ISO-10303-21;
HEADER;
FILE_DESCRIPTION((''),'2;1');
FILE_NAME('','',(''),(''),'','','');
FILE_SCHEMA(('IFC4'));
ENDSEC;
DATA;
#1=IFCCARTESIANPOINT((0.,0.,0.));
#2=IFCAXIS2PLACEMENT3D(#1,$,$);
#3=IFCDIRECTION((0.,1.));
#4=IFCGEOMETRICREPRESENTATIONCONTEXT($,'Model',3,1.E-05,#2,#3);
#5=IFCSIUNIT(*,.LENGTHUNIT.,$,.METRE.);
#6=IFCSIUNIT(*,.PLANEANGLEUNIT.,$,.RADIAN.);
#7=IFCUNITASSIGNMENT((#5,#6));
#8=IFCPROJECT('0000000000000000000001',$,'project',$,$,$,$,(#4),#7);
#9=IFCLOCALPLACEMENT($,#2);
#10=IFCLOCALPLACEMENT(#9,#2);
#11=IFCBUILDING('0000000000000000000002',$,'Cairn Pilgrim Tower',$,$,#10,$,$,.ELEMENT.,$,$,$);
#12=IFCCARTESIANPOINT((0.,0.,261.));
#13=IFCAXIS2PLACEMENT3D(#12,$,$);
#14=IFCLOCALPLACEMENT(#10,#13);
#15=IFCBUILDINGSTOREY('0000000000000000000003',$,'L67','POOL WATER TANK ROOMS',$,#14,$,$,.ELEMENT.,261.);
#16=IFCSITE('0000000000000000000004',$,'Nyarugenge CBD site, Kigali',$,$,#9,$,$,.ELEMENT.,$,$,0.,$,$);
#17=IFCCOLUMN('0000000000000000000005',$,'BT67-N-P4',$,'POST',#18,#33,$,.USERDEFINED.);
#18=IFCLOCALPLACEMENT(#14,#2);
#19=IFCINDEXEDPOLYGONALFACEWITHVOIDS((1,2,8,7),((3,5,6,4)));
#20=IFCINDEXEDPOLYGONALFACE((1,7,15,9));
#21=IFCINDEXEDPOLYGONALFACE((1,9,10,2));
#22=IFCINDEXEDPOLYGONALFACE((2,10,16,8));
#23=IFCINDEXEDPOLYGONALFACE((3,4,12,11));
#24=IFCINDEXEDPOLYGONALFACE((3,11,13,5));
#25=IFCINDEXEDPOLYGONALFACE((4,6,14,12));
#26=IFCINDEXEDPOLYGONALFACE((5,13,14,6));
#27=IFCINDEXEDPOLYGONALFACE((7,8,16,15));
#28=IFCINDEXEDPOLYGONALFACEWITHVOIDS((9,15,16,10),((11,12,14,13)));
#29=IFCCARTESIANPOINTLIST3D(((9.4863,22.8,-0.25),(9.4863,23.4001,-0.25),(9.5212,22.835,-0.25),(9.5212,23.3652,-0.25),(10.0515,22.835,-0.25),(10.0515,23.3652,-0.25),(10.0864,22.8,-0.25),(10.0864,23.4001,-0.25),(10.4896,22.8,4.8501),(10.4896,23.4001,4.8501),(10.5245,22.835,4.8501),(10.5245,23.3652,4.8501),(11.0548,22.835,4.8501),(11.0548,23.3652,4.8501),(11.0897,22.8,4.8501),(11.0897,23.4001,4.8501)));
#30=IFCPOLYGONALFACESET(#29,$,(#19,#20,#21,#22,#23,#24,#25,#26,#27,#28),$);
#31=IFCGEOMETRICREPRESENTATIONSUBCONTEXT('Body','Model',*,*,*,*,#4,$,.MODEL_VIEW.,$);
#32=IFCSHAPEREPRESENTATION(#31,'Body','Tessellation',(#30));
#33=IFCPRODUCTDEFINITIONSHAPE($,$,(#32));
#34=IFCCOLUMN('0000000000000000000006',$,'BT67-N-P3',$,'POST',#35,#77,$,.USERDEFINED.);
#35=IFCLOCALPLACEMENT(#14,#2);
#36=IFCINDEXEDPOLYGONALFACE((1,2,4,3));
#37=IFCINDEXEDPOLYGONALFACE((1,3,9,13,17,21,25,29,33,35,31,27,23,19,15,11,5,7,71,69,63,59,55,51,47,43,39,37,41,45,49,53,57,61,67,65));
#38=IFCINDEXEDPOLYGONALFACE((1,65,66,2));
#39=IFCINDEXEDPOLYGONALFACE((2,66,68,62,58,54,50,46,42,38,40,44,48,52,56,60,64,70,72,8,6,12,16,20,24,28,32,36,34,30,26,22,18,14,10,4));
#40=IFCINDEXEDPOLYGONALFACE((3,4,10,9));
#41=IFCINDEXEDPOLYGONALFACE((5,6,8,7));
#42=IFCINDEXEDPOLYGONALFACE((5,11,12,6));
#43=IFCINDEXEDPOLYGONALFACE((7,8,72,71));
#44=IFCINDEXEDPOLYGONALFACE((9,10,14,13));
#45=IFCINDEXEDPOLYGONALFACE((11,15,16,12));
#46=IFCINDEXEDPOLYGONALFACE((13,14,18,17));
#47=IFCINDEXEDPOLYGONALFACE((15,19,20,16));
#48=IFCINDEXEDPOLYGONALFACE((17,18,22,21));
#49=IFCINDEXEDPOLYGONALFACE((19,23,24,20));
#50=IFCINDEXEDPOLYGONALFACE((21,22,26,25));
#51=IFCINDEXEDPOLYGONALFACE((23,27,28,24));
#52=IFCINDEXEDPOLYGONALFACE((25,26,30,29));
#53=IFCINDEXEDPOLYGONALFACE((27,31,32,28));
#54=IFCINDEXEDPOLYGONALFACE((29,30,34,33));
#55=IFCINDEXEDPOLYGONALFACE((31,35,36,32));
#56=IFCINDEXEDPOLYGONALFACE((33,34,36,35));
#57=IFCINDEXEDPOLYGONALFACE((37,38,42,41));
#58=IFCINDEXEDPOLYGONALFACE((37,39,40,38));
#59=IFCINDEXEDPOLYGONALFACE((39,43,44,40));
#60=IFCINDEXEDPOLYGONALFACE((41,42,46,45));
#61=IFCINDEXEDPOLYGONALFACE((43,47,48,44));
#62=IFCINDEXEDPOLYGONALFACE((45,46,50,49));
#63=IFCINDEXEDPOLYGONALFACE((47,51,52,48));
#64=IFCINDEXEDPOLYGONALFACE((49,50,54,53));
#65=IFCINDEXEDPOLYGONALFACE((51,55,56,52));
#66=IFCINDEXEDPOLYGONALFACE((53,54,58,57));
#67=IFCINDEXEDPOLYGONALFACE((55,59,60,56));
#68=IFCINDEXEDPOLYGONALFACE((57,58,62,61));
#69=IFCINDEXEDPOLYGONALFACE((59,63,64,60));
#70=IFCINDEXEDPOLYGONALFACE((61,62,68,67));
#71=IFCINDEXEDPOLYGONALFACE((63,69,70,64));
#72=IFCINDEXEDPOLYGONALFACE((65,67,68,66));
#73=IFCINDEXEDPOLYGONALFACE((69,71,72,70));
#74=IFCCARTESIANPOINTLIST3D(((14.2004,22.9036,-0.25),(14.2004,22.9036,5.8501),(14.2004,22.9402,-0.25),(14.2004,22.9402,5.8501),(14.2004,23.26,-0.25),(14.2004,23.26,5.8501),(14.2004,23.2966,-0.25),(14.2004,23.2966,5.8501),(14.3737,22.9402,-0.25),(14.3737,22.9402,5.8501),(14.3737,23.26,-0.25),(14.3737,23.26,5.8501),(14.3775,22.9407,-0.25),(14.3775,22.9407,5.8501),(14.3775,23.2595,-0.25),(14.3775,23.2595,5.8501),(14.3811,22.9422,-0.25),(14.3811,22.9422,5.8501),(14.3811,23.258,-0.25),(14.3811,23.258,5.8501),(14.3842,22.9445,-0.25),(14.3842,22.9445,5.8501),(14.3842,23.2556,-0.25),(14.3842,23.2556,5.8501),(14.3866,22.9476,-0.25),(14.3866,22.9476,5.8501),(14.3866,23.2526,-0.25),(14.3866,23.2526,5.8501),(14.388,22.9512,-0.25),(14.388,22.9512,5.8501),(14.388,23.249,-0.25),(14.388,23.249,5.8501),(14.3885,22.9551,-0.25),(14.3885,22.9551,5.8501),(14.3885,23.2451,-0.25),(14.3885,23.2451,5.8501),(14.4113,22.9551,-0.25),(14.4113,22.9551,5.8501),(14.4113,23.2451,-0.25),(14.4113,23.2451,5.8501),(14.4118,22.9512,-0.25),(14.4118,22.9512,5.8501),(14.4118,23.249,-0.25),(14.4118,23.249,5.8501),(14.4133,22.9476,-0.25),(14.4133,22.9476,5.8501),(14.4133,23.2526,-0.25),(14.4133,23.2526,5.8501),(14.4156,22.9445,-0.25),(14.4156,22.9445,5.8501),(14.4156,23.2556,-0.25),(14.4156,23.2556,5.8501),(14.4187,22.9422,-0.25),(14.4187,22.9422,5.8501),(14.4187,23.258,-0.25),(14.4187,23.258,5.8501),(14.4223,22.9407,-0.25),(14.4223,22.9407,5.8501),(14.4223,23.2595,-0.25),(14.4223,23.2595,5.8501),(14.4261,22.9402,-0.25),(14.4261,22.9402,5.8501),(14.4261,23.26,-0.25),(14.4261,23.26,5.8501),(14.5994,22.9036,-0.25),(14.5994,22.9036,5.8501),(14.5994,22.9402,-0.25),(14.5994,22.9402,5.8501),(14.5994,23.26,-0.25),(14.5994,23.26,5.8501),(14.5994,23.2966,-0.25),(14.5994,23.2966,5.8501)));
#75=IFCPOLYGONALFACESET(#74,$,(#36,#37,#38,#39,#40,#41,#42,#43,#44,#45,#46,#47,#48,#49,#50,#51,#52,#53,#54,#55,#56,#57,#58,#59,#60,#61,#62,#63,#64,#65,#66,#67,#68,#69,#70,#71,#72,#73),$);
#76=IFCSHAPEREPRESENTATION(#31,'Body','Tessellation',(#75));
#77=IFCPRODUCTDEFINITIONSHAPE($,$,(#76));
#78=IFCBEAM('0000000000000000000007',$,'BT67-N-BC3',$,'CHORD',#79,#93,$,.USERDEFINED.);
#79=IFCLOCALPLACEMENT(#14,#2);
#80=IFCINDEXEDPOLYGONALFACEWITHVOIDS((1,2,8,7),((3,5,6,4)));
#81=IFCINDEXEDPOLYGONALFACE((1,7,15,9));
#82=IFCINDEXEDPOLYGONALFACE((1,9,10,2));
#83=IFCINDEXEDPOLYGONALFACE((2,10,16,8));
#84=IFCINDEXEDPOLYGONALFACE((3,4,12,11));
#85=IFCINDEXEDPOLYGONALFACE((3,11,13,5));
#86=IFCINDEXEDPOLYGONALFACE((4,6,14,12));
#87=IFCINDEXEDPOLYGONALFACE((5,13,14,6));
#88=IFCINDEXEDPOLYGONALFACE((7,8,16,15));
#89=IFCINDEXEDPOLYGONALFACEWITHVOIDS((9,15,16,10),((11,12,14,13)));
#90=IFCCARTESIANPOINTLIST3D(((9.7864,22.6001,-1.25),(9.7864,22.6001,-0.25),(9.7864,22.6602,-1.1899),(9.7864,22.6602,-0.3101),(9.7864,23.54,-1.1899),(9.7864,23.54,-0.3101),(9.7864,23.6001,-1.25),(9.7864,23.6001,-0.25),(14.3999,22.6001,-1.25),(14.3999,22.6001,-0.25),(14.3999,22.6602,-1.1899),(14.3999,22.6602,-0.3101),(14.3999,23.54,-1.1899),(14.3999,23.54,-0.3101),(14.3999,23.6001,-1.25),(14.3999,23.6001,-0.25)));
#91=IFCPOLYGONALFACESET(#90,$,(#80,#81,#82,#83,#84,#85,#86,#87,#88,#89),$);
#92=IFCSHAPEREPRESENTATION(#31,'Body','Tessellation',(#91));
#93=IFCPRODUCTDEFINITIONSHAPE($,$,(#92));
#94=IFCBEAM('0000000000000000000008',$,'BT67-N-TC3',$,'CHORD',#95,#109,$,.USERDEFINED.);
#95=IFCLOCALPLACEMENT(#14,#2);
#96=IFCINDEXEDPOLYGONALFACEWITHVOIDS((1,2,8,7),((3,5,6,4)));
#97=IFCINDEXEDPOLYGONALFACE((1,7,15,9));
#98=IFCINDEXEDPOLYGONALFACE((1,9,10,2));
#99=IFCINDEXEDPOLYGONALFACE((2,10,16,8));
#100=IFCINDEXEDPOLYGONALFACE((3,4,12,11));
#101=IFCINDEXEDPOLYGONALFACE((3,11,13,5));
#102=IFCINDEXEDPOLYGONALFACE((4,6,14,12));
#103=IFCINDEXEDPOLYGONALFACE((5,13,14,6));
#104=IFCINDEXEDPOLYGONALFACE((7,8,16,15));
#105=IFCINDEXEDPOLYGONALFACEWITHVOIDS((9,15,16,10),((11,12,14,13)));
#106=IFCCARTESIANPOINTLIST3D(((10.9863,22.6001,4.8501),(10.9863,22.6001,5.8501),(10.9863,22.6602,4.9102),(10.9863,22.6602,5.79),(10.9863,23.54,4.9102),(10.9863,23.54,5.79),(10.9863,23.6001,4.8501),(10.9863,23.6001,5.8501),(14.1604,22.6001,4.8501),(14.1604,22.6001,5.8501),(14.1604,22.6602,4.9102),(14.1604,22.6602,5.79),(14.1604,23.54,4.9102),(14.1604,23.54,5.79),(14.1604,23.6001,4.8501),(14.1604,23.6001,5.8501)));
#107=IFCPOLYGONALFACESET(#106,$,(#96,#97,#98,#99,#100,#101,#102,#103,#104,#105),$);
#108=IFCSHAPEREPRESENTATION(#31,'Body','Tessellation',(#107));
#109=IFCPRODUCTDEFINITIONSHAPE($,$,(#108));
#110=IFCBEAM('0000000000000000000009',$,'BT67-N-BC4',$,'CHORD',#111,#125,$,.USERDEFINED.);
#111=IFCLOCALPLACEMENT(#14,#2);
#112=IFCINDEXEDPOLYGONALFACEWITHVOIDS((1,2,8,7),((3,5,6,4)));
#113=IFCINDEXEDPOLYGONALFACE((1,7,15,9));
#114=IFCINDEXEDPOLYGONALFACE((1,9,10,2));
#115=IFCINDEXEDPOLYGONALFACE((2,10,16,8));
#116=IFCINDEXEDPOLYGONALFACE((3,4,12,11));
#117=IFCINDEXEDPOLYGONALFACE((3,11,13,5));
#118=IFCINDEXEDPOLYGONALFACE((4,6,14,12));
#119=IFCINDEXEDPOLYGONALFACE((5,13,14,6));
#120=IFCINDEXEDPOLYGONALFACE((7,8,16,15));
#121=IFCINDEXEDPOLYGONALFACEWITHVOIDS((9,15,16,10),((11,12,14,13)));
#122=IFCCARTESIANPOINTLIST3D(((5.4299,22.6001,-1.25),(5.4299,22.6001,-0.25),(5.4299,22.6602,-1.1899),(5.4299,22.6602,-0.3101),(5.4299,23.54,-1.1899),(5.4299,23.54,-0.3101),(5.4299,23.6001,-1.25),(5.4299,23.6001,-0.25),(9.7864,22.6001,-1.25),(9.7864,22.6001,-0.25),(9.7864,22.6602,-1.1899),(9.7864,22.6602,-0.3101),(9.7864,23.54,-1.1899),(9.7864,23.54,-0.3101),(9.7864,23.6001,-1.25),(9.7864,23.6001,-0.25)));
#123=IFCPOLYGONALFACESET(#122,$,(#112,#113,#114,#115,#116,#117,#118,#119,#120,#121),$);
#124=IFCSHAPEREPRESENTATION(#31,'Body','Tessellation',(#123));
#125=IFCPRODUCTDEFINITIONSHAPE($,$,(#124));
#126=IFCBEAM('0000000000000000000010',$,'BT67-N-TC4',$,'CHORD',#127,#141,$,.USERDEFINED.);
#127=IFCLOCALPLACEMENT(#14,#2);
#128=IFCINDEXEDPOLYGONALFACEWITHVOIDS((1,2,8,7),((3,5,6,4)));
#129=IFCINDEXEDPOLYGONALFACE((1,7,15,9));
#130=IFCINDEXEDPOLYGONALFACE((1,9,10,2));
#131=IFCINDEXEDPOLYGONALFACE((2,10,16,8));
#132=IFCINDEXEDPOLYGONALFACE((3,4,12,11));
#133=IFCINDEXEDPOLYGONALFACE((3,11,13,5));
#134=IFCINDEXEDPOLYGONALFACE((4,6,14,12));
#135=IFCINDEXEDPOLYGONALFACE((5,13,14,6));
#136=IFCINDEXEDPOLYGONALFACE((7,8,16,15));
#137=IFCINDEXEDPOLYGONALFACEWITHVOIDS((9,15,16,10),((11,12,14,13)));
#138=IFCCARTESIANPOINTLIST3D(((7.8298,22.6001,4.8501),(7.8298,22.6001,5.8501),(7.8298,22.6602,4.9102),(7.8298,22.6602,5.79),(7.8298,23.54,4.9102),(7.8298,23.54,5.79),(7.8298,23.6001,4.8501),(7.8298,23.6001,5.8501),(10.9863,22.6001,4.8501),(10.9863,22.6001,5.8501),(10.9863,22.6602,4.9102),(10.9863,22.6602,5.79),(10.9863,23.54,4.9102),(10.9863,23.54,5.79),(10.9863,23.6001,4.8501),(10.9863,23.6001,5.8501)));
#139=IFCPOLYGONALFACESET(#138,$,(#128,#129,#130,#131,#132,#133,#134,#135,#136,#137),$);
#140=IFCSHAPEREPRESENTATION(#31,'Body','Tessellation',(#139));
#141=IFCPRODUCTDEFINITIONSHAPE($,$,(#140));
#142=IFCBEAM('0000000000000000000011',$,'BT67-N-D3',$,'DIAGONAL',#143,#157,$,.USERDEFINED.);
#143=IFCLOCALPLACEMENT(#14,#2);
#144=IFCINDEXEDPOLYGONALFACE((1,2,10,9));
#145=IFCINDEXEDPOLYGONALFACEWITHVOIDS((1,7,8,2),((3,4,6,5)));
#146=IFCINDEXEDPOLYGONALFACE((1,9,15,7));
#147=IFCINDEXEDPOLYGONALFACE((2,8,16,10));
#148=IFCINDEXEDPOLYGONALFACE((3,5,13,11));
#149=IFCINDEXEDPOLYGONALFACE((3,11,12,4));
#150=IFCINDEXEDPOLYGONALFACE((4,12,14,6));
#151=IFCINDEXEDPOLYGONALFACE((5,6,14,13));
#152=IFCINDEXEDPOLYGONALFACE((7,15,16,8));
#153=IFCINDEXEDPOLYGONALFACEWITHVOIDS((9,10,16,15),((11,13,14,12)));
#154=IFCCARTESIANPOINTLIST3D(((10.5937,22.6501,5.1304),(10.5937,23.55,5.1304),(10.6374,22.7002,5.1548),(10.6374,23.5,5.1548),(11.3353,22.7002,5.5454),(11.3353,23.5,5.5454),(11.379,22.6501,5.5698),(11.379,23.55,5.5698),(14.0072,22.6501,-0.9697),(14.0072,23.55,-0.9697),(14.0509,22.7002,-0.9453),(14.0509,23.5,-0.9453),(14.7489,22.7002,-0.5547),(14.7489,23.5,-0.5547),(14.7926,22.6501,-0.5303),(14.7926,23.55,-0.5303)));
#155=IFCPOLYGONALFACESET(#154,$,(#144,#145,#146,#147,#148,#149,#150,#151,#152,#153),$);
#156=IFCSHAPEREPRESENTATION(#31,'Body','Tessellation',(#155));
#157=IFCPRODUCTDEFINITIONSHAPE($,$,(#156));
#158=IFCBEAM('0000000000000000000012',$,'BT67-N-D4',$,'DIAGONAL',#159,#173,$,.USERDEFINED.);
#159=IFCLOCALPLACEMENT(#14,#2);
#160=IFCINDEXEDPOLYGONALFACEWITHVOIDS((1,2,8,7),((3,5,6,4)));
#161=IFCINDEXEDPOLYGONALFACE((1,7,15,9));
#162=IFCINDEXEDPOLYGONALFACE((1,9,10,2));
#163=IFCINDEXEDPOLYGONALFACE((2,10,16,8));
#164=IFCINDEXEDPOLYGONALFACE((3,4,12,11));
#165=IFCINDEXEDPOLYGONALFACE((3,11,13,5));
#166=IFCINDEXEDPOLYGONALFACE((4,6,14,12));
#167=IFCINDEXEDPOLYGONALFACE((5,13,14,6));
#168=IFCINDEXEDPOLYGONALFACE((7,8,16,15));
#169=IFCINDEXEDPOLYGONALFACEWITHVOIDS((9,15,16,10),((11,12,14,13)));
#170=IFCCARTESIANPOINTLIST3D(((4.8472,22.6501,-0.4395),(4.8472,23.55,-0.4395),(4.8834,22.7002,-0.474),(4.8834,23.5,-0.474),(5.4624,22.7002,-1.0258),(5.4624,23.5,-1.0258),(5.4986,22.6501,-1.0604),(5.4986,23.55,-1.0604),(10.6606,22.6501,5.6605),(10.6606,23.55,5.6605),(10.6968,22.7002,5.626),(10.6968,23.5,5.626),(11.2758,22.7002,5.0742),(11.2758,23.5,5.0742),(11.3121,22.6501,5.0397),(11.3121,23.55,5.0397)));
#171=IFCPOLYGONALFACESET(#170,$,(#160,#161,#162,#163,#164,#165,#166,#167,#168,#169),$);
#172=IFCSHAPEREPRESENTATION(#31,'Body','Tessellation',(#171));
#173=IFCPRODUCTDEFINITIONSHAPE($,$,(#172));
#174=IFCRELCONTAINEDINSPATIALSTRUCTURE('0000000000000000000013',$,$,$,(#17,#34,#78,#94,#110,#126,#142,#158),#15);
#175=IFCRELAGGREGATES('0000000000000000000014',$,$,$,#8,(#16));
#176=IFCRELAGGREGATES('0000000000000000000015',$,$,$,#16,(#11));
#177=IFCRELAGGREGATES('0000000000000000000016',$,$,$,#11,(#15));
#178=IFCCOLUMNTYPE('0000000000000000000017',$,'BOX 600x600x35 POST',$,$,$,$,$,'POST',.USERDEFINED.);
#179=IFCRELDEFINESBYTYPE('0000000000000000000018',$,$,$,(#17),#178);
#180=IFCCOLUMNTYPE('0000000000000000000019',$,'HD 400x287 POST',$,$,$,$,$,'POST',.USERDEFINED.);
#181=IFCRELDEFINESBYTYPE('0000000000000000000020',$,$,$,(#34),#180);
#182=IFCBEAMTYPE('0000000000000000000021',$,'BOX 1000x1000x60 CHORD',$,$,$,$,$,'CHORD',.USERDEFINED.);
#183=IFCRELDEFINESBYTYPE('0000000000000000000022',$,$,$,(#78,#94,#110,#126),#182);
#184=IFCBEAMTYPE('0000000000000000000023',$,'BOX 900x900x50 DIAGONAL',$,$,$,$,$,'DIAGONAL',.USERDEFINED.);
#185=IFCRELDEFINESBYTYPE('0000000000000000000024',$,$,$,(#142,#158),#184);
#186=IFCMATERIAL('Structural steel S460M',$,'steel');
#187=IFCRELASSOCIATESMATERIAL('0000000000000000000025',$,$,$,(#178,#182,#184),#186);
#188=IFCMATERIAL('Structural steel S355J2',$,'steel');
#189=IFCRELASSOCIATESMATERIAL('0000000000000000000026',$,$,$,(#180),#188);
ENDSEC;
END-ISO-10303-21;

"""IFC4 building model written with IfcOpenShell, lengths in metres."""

from ifc_helpers import new_model, si_unit, direction, frame, origin, origin_2d, place, context, subcontext, project, spatial, hollow_rectangle, i_section, extrude, clip, halfspace, material, material_profile, profile_set, type_object, element, save


model = new_model("IFC4")

# Units and contexts
model_context = context("Model", 3, precision=1e-05, world=origin(), true_north=direction((0.0, 1.0)))
body_context = subcontext(model_context, "Body", "Model", "MODEL_VIEW")
ifc_project = project(units=[si_unit("LENGTHUNIT", "METRE"), si_unit("PLANEANGLEUNIT", "RADIAN")], contexts=[model_context])

# Site, building, storey
site_placement = place(None, origin())
site = spatial("IfcSite", under=ifc_project, at=site_placement, Name="Nyarugenge CBD site, Kigali", CompositionType="ELEMENT", RefElevation=0.0)
building_placement = place(site_placement, origin())
building = spatial("IfcBuilding", under=site, at=building_placement, Name="Cairn Pilgrim Tower", CompositionType="ELEMENT")
storey_placement = place(building_placement, frame((0.0, 0.0, 261.0)))
storey = spatial("IfcBuildingStorey", under=building, at=storey_placement, Name="L67", Description="POOL WATER TANK ROOMS", CompositionType="ELEMENT", Elevation=261.0)

# Columns
ifc_material_1 = material(Name="Structural steel S460M", Category="steel")
ifc_material_profile_1 = material_profile(ifc_material_1, hollow_rectangle(XDim=0.6001, YDim=0.6001, WallThickness=0.0349, at=origin_2d()), Name="BOX 600x600x35")
ifc_profile_set_1 = profile_set([ifc_material_profile_1], Name="Structural steel S460M")
column_type_1 = type_object("IfcColumnType", Name="BOX 600x600x35 POST", ElementType="POST", PredefinedType="USERDEFINED", material=ifc_profile_set_1)
column_1_placement = place(storey_placement, frame((9.7864, 23.1001, -0.25), z_axis=(0.0, 0.0, 1.0), x_axis=(1.0, 0.0, 0.0)))
element("IfcColumn", 1, at=column_1_placement, inside=storey, type_object=column_type_1, Name="BT67-N-P4", ObjectType="POST", PredefinedType="USERDEFINED", context=body_context, shape_type="Clipping", body=[
    clip(extrude(hollow_rectangle(XDim=0.6001, YDim=0.6001, WallThickness=0.0349, at=origin_2d()), origin(), (0.193011, 0.0, 0.981197), 6.217), halfspace(frame((0.0, 0.0, 5.1001), z_axis=(0.0, 0.0, 1.0), x_axis=(1.0, 0.0, 0.0)), False)),
])
ifc_material_2 = material(Name="Structural steel S355J2", Category="steel")
ifc_material_profile_2 = material_profile(ifc_material_2, i_section(OverallWidth=0.3989, OverallDepth=0.3931, WebThickness=0.0227, FlangeThickness=0.0366, FilletRadius=0.0149, at=origin_2d()), Name="HD 400x287")
ifc_profile_set_2 = profile_set([ifc_material_profile_2], Name="Structural steel S355J2")
column_type_2 = type_object("IfcColumnType", Name="HD 400x287 POST", ElementType="POST", PredefinedType="USERDEFINED", material=ifc_profile_set_2)
column_2_placement = place(storey_placement, frame((14.3999, 23.1001, -0.25), z_axis=(0.0, 0.0, 1.0), x_axis=(1.0, 0.0, 0.0)))
element("IfcColumn", 2, at=column_2_placement, inside=storey, type_object=column_type_2, Name="BT67-N-P3", ObjectType="POST", PredefinedType="USERDEFINED", context=body_context, shape_type="SweptSolid", body=[
    extrude(i_section(OverallWidth=0.3989, OverallDepth=0.3931, WebThickness=0.0227, FlangeThickness=0.0366, FilletRadius=0.0149, at=origin_2d()), origin(), (0.0, 0.0, 1.0), 6.1001),
])

# Beams
ifc_material_profile_3 = material_profile(ifc_material_1, hollow_rectangle(XDim=1.0, YDim=1.0, WallThickness=0.0601, at=origin_2d()), Name="BOX 1000x1000x60")
ifc_profile_set_3 = profile_set([ifc_material_profile_3], Name="Structural steel S460M")
beam_type_1 = type_object("IfcBeamType", Name="BOX 1000x1000x60 CHORD", ElementType="CHORD", PredefinedType="USERDEFINED", material=ifc_profile_set_3)
beam_1_placement = place(storey_placement, frame((14.3999, 23.1001, -0.75), z_axis=(-1.0, 0.0, 0.0), x_axis=(0.0, -1.0, 0.0)))
element("IfcBeam", 3, at=beam_1_placement, inside=storey, type_object=beam_type_1, Name="BT67-N-BC3", ObjectType="CHORD", PredefinedType="USERDEFINED", context=body_context, shape_type="SweptSolid", body=[
    extrude(hollow_rectangle(XDim=1.0, YDim=1.0, WallThickness=0.0601, at=origin_2d()), origin(), (0.0, 0.0, 1.0), 4.6135),
])
beam_2_placement = place(storey_placement, frame((14.1604, 23.1001, 5.3501), z_axis=(-1.0, 0.0, 0.0), x_axis=(0.0, -1.0, 0.0)))
element("IfcBeam", 4, at=beam_2_placement, inside=storey, type_object=beam_type_1, Name="BT67-N-TC3", ObjectType="CHORD", PredefinedType="USERDEFINED", context=body_context, shape_type="SweptSolid", body=[
    extrude(hollow_rectangle(XDim=1.0, YDim=1.0, WallThickness=0.0601, at=origin_2d()), origin(), (0.0, 0.0, 1.0), 3.1741),
])
beam_3_placement = place(storey_placement, frame((9.7864, 23.1001, -0.75), z_axis=(-1.0, 0.0, 0.0), x_axis=(0.0, -1.0, 0.0)))
element("IfcBeam", 5, at=beam_3_placement, inside=storey, type_object=beam_type_1, Name="BT67-N-BC4", ObjectType="CHORD", PredefinedType="USERDEFINED", context=body_context, shape_type="SweptSolid", body=[
    extrude(hollow_rectangle(XDim=1.0, YDim=1.0, WallThickness=0.0601, at=origin_2d()), origin(), (0.0, 0.0, 1.0), 4.3564),
])
beam_4_placement = place(storey_placement, frame((10.9863, 23.1001, 5.3501), z_axis=(-1.0, 0.0, 0.0), x_axis=(0.0, -1.0, 0.0)))
element("IfcBeam", 6, at=beam_4_placement, inside=storey, type_object=beam_type_1, Name="BT67-N-TC4", ObjectType="CHORD", PredefinedType="USERDEFINED", context=body_context, shape_type="SweptSolid", body=[
    extrude(hollow_rectangle(XDim=1.0, YDim=1.0, WallThickness=0.0601, at=origin_2d()), origin(), (0.0, 0.0, 1.0), 3.1565),
])
ifc_material_profile_4 = material_profile(ifc_material_1, hollow_rectangle(XDim=0.8999, YDim=0.8999, WallThickness=0.05, at=origin_2d()), Name="BOX 900x900x50")
ifc_profile_set_4 = profile_set([ifc_material_profile_4], Name="Structural steel S460M")
beam_type_2 = type_object("IfcBeamType", Name="BOX 900x900x50 DIAGONAL", ElementType="DIAGONAL", PredefinedType="USERDEFINED", material=ifc_profile_set_4)
beam_5_placement = place(storey_placement, frame((14.3999, 23.1001, -0.75), z_axis=(-0.488333, 0.0, 0.872657), x_axis=(0.0, -1.0, 0.0)))
element("IfcBeam", 7, at=beam_5_placement, inside=storey, type_object=beam_type_2, Name="BT67-N-D3", ObjectType="DIAGONAL", PredefinedType="USERDEFINED", context=body_context, shape_type="SweptSolid", body=[
    extrude(hollow_rectangle(XDim=0.8999, YDim=0.8999, WallThickness=0.05, at=origin_2d()), origin(), (0.0, 0.0, 1.0), 6.9902),
])
beam_6_placement = place(storey_placement, frame((10.9863, 23.1001, 5.3501), z_axis=(-0.689895, 0.0, -0.723909), x_axis=(0.0, -1.0, 0.0)))
element("IfcBeam", 8, at=beam_6_placement, inside=storey, type_object=beam_type_2, Name="BT67-N-D4", ObjectType="DIAGONAL", PredefinedType="USERDEFINED", context=body_context, shape_type="SweptSolid", body=[
    extrude(hollow_rectangle(XDim=0.8999, YDim=0.8999, WallThickness=0.05, at=origin_2d()), origin(), (0.0, 0.0, 1.0), 8.4265),
])

save(model, "model.ifc")
